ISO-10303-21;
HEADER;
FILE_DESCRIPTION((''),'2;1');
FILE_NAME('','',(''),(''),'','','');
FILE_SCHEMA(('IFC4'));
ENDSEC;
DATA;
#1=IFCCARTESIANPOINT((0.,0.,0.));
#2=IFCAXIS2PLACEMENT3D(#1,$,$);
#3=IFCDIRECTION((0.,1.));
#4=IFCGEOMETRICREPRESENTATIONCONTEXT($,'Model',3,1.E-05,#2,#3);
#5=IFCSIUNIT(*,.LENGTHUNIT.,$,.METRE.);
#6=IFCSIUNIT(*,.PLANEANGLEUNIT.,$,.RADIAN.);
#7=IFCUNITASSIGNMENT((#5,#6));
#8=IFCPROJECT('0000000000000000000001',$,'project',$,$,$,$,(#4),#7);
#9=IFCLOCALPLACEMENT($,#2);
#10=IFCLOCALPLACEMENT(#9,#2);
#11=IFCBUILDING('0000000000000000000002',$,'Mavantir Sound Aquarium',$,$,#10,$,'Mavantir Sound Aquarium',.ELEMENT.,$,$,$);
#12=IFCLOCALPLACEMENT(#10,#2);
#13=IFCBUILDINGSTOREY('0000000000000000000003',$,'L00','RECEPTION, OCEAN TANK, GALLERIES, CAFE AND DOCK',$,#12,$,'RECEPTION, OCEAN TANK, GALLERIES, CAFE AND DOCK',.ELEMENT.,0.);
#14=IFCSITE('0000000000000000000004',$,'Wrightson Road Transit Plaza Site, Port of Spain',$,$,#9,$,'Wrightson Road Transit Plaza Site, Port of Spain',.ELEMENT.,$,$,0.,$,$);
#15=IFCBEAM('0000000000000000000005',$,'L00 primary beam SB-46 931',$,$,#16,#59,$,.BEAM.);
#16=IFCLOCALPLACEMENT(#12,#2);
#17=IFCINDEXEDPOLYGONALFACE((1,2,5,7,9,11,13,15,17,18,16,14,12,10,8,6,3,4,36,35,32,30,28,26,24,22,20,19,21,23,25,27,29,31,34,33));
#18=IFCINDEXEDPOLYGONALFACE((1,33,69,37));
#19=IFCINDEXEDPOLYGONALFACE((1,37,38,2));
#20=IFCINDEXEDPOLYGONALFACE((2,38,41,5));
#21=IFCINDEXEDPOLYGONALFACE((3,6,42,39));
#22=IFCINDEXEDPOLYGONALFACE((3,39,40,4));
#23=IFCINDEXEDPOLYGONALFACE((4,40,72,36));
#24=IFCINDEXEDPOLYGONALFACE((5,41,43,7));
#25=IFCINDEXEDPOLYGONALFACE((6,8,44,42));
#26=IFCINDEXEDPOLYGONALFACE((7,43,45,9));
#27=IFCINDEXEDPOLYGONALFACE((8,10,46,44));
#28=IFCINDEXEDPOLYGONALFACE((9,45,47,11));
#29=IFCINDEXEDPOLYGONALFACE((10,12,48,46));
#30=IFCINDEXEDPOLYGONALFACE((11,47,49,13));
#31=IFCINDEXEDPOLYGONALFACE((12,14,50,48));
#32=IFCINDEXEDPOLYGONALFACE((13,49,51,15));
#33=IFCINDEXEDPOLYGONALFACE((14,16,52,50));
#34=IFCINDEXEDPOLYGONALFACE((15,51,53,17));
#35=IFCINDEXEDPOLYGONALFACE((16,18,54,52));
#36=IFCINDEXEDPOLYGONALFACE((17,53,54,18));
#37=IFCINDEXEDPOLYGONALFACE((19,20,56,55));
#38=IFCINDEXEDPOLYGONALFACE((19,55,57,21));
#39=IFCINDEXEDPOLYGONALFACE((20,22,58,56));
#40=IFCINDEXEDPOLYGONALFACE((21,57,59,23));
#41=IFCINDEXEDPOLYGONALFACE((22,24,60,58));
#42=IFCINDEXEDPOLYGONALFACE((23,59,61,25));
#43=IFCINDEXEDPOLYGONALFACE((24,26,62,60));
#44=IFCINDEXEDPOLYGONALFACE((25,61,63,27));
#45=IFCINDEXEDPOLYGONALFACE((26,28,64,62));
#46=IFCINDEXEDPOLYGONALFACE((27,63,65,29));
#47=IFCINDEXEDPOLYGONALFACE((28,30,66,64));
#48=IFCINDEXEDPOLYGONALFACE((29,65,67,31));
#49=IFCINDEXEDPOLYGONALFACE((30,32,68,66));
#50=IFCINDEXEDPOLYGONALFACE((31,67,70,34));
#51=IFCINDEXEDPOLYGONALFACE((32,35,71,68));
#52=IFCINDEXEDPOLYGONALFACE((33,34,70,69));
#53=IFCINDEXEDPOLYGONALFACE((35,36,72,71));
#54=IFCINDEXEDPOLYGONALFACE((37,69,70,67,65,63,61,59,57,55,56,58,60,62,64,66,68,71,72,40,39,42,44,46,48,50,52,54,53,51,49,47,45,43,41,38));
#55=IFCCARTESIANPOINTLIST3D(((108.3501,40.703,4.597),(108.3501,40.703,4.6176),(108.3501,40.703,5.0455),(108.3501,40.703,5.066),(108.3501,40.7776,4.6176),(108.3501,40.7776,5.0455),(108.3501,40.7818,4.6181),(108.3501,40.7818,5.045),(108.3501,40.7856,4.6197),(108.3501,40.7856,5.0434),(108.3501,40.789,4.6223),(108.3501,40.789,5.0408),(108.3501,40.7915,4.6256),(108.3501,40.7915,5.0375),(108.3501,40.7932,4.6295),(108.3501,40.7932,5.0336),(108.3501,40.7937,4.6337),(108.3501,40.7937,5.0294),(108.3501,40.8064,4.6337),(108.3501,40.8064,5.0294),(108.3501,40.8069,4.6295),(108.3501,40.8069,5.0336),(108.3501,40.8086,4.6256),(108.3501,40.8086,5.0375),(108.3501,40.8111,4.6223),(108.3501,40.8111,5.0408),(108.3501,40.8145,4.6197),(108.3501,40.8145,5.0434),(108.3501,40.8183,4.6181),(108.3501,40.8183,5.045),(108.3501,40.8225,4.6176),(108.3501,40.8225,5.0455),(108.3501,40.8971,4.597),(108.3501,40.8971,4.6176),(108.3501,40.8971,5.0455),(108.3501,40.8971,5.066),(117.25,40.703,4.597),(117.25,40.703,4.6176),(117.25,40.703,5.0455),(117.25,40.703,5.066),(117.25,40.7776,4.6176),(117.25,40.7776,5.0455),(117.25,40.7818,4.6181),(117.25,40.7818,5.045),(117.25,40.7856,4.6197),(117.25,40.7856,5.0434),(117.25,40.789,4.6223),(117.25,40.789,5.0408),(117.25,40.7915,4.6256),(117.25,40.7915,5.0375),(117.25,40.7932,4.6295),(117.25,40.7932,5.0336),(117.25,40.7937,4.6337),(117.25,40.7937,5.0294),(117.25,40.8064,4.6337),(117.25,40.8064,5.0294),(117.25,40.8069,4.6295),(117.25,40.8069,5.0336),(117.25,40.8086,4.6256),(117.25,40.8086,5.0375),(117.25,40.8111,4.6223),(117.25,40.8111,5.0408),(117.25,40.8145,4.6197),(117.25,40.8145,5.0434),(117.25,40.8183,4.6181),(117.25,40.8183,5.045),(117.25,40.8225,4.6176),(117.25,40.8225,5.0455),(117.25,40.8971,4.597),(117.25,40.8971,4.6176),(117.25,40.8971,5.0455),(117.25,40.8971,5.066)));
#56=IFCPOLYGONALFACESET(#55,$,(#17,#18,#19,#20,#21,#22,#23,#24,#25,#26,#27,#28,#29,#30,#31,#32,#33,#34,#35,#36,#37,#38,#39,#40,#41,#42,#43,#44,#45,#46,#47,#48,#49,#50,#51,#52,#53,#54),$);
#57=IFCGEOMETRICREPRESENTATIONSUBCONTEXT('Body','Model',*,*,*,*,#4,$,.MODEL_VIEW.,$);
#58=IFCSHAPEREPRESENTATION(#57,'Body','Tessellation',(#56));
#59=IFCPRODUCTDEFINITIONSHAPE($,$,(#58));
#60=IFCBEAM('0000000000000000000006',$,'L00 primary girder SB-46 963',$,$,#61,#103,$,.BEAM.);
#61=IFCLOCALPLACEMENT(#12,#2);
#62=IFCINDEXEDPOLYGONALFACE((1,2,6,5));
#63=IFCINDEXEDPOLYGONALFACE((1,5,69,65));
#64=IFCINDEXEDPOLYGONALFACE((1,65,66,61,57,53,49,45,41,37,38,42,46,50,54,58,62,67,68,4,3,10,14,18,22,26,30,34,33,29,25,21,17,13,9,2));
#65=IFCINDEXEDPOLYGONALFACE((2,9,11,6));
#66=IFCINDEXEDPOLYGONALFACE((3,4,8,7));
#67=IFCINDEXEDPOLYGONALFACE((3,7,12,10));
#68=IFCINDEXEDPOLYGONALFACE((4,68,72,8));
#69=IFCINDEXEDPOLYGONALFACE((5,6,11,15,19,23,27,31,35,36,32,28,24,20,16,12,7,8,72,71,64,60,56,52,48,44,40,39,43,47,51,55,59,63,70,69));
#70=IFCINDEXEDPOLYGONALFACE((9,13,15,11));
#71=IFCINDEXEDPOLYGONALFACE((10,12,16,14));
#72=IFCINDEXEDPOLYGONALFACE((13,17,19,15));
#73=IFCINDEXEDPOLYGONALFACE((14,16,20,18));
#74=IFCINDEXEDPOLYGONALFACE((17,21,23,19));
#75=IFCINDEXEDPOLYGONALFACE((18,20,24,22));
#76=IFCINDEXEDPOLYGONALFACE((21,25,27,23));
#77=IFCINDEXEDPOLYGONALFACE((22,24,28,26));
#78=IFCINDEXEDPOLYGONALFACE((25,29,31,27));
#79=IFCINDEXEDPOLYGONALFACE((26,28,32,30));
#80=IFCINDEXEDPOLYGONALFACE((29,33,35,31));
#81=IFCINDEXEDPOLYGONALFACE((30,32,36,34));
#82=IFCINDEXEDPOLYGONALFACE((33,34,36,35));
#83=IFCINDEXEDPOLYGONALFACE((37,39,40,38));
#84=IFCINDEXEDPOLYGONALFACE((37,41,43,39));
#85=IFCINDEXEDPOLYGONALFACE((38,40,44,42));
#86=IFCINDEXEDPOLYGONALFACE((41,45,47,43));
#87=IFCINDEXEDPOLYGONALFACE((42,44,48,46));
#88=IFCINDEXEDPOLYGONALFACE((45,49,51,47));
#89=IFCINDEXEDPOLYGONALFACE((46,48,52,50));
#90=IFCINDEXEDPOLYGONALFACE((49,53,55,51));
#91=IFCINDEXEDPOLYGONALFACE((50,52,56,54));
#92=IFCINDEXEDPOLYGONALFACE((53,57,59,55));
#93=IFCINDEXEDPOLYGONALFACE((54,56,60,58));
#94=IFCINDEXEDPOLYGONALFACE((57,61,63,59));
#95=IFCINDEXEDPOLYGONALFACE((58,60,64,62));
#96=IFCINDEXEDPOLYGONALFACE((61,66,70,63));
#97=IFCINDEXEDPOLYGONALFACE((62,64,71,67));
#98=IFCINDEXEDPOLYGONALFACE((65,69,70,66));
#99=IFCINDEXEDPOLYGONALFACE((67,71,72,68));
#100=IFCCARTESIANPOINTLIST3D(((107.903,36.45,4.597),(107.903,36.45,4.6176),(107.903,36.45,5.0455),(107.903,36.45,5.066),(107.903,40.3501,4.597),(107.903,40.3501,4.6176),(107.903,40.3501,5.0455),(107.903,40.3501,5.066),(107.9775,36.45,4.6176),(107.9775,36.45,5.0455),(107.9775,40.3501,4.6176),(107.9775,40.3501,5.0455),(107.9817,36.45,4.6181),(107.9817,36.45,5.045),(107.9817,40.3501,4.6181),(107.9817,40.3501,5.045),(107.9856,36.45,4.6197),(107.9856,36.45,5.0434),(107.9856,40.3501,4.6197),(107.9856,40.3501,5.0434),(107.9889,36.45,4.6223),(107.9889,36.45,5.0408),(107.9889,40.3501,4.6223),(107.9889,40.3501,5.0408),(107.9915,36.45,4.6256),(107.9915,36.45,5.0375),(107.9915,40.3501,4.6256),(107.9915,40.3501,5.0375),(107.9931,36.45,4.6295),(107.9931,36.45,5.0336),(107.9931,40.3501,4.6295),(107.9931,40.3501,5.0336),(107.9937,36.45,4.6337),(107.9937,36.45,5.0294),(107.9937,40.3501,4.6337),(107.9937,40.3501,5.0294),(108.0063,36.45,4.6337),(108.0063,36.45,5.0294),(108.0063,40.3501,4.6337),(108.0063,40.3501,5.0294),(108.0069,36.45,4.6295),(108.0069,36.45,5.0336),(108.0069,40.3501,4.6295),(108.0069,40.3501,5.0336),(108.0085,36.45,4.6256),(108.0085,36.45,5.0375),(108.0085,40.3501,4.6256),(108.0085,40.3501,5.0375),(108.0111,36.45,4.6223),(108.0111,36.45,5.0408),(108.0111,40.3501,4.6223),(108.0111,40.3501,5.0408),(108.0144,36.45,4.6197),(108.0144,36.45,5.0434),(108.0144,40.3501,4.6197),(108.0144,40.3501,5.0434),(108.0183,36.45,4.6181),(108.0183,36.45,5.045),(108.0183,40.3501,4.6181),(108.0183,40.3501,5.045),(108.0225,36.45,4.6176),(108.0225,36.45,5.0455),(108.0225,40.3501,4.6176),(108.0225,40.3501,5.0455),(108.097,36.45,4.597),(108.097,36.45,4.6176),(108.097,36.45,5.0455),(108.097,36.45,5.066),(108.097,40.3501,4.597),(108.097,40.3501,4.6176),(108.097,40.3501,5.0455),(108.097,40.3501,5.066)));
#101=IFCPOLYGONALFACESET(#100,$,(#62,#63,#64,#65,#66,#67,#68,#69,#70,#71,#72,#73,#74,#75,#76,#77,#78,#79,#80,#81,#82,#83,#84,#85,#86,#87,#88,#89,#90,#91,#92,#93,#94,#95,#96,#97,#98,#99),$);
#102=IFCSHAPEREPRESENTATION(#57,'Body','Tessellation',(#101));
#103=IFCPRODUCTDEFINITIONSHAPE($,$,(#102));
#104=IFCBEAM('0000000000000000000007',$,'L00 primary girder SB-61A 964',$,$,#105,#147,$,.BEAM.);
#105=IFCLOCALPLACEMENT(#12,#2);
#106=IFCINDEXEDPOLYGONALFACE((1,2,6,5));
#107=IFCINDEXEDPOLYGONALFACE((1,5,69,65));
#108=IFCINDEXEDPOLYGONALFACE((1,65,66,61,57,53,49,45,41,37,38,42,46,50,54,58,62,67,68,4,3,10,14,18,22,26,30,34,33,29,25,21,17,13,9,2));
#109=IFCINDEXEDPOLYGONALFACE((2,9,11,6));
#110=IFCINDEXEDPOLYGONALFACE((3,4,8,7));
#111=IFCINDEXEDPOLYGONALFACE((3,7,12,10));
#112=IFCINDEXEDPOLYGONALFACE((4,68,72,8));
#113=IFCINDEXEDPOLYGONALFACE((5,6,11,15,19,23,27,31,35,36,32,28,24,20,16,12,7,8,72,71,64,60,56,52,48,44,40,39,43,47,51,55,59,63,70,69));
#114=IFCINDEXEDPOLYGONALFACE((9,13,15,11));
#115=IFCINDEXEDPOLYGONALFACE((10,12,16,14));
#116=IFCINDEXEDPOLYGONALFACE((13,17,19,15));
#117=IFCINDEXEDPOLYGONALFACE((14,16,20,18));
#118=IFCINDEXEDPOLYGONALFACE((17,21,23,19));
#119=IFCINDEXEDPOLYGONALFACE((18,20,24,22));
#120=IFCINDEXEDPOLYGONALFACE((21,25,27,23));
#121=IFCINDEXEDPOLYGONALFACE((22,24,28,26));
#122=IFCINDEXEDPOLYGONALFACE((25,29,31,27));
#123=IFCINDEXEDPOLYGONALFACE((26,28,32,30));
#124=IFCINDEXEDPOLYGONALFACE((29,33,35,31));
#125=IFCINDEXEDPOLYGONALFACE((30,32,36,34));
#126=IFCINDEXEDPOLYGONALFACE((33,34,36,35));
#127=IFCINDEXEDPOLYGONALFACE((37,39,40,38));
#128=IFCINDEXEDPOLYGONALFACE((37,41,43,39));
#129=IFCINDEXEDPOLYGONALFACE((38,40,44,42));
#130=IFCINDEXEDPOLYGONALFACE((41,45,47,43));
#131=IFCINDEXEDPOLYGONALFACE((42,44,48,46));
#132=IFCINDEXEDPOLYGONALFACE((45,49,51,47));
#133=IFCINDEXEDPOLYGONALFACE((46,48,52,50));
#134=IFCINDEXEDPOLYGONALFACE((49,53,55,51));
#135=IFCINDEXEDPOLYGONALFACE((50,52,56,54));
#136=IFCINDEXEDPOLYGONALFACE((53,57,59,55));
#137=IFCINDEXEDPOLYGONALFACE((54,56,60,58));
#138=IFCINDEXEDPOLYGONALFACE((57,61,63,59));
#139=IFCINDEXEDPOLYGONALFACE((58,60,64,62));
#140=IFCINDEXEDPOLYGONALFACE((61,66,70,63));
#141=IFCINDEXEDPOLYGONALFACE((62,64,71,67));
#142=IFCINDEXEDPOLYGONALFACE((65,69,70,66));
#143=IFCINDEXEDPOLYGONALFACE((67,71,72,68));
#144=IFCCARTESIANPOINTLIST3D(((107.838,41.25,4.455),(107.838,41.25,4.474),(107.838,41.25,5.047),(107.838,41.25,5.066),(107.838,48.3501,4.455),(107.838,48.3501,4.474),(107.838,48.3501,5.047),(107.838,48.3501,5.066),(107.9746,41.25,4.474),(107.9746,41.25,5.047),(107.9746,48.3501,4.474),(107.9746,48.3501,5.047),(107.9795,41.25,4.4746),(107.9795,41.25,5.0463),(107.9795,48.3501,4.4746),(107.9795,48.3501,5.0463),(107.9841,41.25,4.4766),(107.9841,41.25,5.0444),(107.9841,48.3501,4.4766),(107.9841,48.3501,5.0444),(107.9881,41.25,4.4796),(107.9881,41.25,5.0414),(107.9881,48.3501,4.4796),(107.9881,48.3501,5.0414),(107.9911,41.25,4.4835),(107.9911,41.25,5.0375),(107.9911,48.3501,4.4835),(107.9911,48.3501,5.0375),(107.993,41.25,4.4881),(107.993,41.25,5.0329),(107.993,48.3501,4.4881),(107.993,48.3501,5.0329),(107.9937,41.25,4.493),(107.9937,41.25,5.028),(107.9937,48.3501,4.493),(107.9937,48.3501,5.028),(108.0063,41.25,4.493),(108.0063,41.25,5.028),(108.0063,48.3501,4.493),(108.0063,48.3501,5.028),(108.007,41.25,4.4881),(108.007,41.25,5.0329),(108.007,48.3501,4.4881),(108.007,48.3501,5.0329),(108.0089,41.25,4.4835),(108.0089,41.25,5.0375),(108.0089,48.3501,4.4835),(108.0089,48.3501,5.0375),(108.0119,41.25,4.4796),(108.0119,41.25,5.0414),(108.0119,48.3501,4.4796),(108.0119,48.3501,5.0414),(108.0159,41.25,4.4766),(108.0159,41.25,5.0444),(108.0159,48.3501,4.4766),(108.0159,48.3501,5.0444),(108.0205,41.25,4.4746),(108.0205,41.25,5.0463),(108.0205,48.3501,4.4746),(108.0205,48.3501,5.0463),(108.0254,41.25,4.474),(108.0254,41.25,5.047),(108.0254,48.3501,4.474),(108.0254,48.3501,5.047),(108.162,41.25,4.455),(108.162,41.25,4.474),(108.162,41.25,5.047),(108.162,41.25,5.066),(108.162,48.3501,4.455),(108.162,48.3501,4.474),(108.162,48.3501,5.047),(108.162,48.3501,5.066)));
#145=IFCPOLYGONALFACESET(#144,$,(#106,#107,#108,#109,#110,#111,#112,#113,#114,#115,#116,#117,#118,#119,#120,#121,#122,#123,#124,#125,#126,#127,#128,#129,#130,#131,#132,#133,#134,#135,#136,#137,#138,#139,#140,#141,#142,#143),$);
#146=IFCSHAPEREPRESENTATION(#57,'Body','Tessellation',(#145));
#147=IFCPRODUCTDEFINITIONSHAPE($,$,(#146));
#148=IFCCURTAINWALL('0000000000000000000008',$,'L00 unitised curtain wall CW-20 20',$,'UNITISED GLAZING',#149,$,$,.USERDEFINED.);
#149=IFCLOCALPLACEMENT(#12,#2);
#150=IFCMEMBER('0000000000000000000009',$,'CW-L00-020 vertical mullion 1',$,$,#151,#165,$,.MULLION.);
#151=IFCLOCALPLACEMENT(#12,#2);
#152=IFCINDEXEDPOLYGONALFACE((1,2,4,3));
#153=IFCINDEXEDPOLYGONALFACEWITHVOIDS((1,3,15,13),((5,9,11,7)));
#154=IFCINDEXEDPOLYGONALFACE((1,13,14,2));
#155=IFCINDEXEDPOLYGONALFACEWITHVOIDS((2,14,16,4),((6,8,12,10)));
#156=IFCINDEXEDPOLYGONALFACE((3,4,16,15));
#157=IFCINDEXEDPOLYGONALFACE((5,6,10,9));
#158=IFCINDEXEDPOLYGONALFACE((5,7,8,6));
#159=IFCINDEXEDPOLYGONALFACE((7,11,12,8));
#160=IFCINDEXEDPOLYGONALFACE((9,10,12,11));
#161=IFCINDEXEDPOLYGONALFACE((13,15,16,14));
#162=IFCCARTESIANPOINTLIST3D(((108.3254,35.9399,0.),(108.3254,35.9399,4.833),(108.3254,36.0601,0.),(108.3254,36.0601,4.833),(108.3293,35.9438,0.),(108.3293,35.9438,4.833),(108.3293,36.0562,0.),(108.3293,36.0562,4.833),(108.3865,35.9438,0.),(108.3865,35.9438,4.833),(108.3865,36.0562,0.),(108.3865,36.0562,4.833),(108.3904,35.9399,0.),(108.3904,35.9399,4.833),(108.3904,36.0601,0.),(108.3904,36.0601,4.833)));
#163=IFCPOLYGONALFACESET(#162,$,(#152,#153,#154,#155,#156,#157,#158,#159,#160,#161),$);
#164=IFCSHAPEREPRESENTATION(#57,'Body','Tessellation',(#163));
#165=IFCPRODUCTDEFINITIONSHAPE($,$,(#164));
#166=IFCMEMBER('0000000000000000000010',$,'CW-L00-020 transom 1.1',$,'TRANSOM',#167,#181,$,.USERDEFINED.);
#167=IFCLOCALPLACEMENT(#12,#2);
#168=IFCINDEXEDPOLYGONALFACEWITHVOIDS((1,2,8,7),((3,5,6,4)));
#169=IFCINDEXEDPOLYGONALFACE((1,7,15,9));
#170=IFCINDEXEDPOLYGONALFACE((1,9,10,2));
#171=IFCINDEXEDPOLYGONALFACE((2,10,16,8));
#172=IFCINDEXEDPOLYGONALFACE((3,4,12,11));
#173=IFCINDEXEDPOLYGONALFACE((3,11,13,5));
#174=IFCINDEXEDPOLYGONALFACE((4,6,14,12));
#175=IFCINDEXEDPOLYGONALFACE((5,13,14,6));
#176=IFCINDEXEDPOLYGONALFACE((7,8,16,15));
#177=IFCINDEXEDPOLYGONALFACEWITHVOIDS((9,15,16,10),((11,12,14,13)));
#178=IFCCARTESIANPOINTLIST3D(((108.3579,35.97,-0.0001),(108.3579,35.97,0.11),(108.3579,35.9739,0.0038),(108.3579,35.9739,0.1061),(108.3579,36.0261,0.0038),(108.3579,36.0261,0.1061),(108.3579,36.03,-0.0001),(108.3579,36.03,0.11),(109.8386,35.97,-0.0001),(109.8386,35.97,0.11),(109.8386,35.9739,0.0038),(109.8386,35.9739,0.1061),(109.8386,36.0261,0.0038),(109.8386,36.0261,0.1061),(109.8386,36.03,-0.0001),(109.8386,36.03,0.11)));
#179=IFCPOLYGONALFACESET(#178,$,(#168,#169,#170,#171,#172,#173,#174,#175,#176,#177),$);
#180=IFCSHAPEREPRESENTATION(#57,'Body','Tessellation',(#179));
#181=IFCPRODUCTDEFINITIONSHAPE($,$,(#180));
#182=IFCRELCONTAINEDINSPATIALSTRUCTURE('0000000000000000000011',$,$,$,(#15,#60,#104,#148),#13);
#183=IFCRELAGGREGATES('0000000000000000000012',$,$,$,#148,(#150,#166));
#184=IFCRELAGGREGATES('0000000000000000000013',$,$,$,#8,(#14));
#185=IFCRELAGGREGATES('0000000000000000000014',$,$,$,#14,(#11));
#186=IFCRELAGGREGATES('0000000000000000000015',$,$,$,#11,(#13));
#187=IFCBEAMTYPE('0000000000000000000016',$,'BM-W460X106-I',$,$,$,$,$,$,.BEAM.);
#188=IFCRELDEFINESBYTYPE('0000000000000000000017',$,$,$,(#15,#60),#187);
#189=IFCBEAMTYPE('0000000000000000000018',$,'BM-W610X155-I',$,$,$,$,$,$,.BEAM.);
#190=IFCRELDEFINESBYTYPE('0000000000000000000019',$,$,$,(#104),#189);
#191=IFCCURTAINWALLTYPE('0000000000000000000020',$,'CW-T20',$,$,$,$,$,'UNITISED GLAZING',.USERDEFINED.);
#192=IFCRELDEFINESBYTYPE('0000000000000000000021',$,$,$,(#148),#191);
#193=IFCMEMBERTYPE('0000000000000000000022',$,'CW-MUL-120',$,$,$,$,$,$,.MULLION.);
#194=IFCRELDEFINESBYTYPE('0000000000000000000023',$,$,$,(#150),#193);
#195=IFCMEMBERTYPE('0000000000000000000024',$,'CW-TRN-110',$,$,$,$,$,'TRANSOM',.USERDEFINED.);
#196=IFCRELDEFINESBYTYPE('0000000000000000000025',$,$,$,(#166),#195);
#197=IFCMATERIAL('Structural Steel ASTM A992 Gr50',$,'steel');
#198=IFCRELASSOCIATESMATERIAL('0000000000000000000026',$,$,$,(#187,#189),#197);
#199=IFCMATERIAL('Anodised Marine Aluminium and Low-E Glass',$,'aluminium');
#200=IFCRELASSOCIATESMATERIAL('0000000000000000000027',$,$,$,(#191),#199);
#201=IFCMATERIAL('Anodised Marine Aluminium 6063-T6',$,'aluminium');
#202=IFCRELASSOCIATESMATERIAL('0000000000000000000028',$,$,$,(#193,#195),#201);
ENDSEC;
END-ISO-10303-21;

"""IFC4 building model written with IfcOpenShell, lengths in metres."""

from ifc_helpers import new_model, si_unit, direction, frame, origin, origin_2d, place, context, subcontext, project, spatial, hollow_rectangle, i_section, extrude, material, material_profile, profile_set, type_object, element, aggregate, save


model = new_model("IFC4")

# Units and contexts
model_context = context("Model", 3, precision=1e-05, world=origin(), true_north=direction((0.0, 1.0)))
body_context = subcontext(model_context, "Body", "Model", "MODEL_VIEW")
ifc_project = project(units=[si_unit("LENGTHUNIT", "METRE"), si_unit("PLANEANGLEUNIT", "RADIAN")], contexts=[model_context])

# Site, building, storey
site_placement = place(None, origin())
site = spatial("IfcSite", under=ifc_project, at=site_placement, Name="Wrightson Road Transit Plaza Site, Port of Spain", LongName="Wrightson Road Transit Plaza Site, Port of Spain", CompositionType="ELEMENT", RefElevation=0.0)
building_placement = place(site_placement, origin())
building = spatial("IfcBuilding", under=site, at=building_placement, Name="Mavantir Sound Aquarium", LongName="Mavantir Sound Aquarium", CompositionType="ELEMENT")
storey_placement = place(building_placement, origin())
storey = spatial("IfcBuildingStorey", under=building, at=storey_placement, Name="L00", Description="RECEPTION, OCEAN TANK, GALLERIES, CAFE AND DOCK", LongName="RECEPTION, OCEAN TANK, GALLERIES, CAFE AND DOCK", CompositionType="ELEMENT", Elevation=0.0)

# Shared definitions
ifc_material_1 = material(Name="Structural Steel ASTM A992 Gr50", Category="steel")

# Beams
ifc_material_profile_1 = material_profile(ifc_material_1, i_section(OverallWidth=0.1941, OverallDepth=0.469, WebThickness=0.0127, FlangeThickness=0.0205, FilletRadius=0.0161, at=origin_2d()), Name="W460X106")
ifc_profile_set_1 = profile_set([ifc_material_profile_1], Name="Structural Steel ASTM A992 Gr50")
beam_type_1 = type_object("IfcBeamType", Name="BM-W460X106-I", PredefinedType="BEAM", material=ifc_profile_set_1)
beam_1_placement = place(storey_placement, frame((108.3501, 40.8, 4.8315), z_axis=(1.0, 0.0, 0.0), x_axis=(0.0, 1.0, 0.0)))
element("IfcBeam", 1, at=beam_1_placement, inside=storey, type_object=beam_type_1, Name="L00 primary beam SB-46 931", PredefinedType="BEAM", context=body_context, shape_type="SweptSolid", body=[
    extrude(i_section(OverallWidth=0.1941, OverallDepth=0.469, WebThickness=0.0127, FlangeThickness=0.0205, FilletRadius=0.0161, at=origin_2d()), origin(), (0.0, 0.0, 1.0), 8.8999),
])
beam_2_placement = place(storey_placement, frame((108.0, 36.45, 4.8315), z_axis=(0.0, 1.0, 0.0), x_axis=(-1.0, 0.0, 0.0)))
element("IfcBeam", 2, at=beam_2_placement, inside=storey, type_object=beam_type_1, Name="L00 primary girder SB-46 963", PredefinedType="BEAM", context=body_context, shape_type="SweptSolid", body=[
    extrude(i_section(OverallWidth=0.1941, OverallDepth=0.469, WebThickness=0.0127, FlangeThickness=0.0205, FilletRadius=0.0161, at=origin_2d()), origin(), (0.0, 0.0, 1.0), 3.9001),
])
ifc_material_profile_2 = material_profile(ifc_material_1, i_section(OverallWidth=0.324, OverallDepth=0.6111, WebThickness=0.0127, FlangeThickness=0.019, FilletRadius=0.019, at=origin_2d()), Name="W610X155")
ifc_profile_set_2 = profile_set([ifc_material_profile_2], Name="Structural Steel ASTM A992 Gr50")
beam_type_2 = type_object("IfcBeamType", Name="BM-W610X155-I", PredefinedType="BEAM", material=ifc_profile_set_2)
beam_3_placement = place(storey_placement, frame((108.0, 41.25, 4.7605), z_axis=(0.0, 1.0, 0.0), x_axis=(-1.0, 0.0, 0.0)))
element("IfcBeam", 3, at=beam_3_placement, inside=storey, type_object=beam_type_2, Name="L00 primary girder SB-61A 964", PredefinedType="BEAM", context=body_context, shape_type="SweptSolid", body=[
    extrude(i_section(OverallWidth=0.324, OverallDepth=0.6111, WebThickness=0.0127, FlangeThickness=0.019, FilletRadius=0.019, at=origin_2d()), origin(), (0.0, 0.0, 1.0), 7.1001),
])

# Curtain wall, members
ifc_material_2 = material(Name="Anodised Marine Aluminium and Low-E Glass", Category="aluminium")
curtain_wall_type = type_object("IfcCurtainWallType", Name="CW-T20", ElementType="UNITISED GLAZING", PredefinedType="USERDEFINED", material=ifc_material_2)
curtain_wall_placement = place(storey_placement, origin())
curtain_wall = element("IfcCurtainWall", 4, at=curtain_wall_placement, inside=storey, type_object=curtain_wall_type, Name="L00 unitised curtain wall CW-20 20", ObjectType="UNITISED GLAZING", PredefinedType="USERDEFINED")
ifc_material_3 = material(Name="Anodised Marine Aluminium 6063-T6", Category="aluminium")
ifc_material_profile_3 = material_profile(ifc_material_3, hollow_rectangle(XDim=0.0649, YDim=0.1201, WallThickness=0.0039, at=origin_2d()), Name="ALU-MULLION-120X65")
ifc_profile_set_3 = profile_set([ifc_material_profile_3], Name="Anodised Marine Aluminium 6063-T6")
member_type_1 = type_object("IfcMemberType", Name="CW-MUL-120", PredefinedType="MULLION", material=ifc_profile_set_3)
member_1_placement = place(storey_placement, frame((108.3579, 36.0, 0.0), z_axis=(0.0, 0.0, 1.0), x_axis=(1.0, 0.0, 0.0)))
member_1 = element("IfcMember", 5, at=member_1_placement, type_object=member_type_1, Name="CW-L00-020 vertical mullion 1", PredefinedType="MULLION", context=body_context, shape_type="SweptSolid", body=[
    extrude(hollow_rectangle(XDim=0.0649, YDim=0.1201, WallThickness=0.0039, at=origin_2d()), origin(), (0.0, 0.0, 1.0), 4.833),
])
ifc_material_profile_4 = material_profile(ifc_material_3, hollow_rectangle(XDim=0.0601, YDim=0.1101, WallThickness=0.0039, at=origin_2d()), Name="ALU-TRANSOM-110X60")
ifc_profile_set_4 = profile_set([ifc_material_profile_4], Name="Anodised Marine Aluminium 6063-T6")
member_type_2 = type_object("IfcMemberType", Name="CW-TRN-110", ElementType="TRANSOM", PredefinedType="USERDEFINED", material=ifc_profile_set_4)
member_2_placement = place(storey_placement, frame((108.3579, 36.0, 0.0549), z_axis=(1.0, 0.0, 0.0), x_axis=(0.0, 1.0, 0.0)))
member_2 = element("IfcMember", 6, at=member_2_placement, type_object=member_type_2, Name="CW-L00-020 transom 1.1", ObjectType="TRANSOM", PredefinedType="USERDEFINED", context=body_context, shape_type="SweptSolid", body=[
    extrude(hollow_rectangle(XDim=0.0601, YDim=0.1101, WallThickness=0.0039, at=origin_2d()), origin(), (0.0, 0.0, 1.0), 1.4807),
])
aggregate(curtain_wall, [member_1, member_2])

save(model, "model.ifc")
